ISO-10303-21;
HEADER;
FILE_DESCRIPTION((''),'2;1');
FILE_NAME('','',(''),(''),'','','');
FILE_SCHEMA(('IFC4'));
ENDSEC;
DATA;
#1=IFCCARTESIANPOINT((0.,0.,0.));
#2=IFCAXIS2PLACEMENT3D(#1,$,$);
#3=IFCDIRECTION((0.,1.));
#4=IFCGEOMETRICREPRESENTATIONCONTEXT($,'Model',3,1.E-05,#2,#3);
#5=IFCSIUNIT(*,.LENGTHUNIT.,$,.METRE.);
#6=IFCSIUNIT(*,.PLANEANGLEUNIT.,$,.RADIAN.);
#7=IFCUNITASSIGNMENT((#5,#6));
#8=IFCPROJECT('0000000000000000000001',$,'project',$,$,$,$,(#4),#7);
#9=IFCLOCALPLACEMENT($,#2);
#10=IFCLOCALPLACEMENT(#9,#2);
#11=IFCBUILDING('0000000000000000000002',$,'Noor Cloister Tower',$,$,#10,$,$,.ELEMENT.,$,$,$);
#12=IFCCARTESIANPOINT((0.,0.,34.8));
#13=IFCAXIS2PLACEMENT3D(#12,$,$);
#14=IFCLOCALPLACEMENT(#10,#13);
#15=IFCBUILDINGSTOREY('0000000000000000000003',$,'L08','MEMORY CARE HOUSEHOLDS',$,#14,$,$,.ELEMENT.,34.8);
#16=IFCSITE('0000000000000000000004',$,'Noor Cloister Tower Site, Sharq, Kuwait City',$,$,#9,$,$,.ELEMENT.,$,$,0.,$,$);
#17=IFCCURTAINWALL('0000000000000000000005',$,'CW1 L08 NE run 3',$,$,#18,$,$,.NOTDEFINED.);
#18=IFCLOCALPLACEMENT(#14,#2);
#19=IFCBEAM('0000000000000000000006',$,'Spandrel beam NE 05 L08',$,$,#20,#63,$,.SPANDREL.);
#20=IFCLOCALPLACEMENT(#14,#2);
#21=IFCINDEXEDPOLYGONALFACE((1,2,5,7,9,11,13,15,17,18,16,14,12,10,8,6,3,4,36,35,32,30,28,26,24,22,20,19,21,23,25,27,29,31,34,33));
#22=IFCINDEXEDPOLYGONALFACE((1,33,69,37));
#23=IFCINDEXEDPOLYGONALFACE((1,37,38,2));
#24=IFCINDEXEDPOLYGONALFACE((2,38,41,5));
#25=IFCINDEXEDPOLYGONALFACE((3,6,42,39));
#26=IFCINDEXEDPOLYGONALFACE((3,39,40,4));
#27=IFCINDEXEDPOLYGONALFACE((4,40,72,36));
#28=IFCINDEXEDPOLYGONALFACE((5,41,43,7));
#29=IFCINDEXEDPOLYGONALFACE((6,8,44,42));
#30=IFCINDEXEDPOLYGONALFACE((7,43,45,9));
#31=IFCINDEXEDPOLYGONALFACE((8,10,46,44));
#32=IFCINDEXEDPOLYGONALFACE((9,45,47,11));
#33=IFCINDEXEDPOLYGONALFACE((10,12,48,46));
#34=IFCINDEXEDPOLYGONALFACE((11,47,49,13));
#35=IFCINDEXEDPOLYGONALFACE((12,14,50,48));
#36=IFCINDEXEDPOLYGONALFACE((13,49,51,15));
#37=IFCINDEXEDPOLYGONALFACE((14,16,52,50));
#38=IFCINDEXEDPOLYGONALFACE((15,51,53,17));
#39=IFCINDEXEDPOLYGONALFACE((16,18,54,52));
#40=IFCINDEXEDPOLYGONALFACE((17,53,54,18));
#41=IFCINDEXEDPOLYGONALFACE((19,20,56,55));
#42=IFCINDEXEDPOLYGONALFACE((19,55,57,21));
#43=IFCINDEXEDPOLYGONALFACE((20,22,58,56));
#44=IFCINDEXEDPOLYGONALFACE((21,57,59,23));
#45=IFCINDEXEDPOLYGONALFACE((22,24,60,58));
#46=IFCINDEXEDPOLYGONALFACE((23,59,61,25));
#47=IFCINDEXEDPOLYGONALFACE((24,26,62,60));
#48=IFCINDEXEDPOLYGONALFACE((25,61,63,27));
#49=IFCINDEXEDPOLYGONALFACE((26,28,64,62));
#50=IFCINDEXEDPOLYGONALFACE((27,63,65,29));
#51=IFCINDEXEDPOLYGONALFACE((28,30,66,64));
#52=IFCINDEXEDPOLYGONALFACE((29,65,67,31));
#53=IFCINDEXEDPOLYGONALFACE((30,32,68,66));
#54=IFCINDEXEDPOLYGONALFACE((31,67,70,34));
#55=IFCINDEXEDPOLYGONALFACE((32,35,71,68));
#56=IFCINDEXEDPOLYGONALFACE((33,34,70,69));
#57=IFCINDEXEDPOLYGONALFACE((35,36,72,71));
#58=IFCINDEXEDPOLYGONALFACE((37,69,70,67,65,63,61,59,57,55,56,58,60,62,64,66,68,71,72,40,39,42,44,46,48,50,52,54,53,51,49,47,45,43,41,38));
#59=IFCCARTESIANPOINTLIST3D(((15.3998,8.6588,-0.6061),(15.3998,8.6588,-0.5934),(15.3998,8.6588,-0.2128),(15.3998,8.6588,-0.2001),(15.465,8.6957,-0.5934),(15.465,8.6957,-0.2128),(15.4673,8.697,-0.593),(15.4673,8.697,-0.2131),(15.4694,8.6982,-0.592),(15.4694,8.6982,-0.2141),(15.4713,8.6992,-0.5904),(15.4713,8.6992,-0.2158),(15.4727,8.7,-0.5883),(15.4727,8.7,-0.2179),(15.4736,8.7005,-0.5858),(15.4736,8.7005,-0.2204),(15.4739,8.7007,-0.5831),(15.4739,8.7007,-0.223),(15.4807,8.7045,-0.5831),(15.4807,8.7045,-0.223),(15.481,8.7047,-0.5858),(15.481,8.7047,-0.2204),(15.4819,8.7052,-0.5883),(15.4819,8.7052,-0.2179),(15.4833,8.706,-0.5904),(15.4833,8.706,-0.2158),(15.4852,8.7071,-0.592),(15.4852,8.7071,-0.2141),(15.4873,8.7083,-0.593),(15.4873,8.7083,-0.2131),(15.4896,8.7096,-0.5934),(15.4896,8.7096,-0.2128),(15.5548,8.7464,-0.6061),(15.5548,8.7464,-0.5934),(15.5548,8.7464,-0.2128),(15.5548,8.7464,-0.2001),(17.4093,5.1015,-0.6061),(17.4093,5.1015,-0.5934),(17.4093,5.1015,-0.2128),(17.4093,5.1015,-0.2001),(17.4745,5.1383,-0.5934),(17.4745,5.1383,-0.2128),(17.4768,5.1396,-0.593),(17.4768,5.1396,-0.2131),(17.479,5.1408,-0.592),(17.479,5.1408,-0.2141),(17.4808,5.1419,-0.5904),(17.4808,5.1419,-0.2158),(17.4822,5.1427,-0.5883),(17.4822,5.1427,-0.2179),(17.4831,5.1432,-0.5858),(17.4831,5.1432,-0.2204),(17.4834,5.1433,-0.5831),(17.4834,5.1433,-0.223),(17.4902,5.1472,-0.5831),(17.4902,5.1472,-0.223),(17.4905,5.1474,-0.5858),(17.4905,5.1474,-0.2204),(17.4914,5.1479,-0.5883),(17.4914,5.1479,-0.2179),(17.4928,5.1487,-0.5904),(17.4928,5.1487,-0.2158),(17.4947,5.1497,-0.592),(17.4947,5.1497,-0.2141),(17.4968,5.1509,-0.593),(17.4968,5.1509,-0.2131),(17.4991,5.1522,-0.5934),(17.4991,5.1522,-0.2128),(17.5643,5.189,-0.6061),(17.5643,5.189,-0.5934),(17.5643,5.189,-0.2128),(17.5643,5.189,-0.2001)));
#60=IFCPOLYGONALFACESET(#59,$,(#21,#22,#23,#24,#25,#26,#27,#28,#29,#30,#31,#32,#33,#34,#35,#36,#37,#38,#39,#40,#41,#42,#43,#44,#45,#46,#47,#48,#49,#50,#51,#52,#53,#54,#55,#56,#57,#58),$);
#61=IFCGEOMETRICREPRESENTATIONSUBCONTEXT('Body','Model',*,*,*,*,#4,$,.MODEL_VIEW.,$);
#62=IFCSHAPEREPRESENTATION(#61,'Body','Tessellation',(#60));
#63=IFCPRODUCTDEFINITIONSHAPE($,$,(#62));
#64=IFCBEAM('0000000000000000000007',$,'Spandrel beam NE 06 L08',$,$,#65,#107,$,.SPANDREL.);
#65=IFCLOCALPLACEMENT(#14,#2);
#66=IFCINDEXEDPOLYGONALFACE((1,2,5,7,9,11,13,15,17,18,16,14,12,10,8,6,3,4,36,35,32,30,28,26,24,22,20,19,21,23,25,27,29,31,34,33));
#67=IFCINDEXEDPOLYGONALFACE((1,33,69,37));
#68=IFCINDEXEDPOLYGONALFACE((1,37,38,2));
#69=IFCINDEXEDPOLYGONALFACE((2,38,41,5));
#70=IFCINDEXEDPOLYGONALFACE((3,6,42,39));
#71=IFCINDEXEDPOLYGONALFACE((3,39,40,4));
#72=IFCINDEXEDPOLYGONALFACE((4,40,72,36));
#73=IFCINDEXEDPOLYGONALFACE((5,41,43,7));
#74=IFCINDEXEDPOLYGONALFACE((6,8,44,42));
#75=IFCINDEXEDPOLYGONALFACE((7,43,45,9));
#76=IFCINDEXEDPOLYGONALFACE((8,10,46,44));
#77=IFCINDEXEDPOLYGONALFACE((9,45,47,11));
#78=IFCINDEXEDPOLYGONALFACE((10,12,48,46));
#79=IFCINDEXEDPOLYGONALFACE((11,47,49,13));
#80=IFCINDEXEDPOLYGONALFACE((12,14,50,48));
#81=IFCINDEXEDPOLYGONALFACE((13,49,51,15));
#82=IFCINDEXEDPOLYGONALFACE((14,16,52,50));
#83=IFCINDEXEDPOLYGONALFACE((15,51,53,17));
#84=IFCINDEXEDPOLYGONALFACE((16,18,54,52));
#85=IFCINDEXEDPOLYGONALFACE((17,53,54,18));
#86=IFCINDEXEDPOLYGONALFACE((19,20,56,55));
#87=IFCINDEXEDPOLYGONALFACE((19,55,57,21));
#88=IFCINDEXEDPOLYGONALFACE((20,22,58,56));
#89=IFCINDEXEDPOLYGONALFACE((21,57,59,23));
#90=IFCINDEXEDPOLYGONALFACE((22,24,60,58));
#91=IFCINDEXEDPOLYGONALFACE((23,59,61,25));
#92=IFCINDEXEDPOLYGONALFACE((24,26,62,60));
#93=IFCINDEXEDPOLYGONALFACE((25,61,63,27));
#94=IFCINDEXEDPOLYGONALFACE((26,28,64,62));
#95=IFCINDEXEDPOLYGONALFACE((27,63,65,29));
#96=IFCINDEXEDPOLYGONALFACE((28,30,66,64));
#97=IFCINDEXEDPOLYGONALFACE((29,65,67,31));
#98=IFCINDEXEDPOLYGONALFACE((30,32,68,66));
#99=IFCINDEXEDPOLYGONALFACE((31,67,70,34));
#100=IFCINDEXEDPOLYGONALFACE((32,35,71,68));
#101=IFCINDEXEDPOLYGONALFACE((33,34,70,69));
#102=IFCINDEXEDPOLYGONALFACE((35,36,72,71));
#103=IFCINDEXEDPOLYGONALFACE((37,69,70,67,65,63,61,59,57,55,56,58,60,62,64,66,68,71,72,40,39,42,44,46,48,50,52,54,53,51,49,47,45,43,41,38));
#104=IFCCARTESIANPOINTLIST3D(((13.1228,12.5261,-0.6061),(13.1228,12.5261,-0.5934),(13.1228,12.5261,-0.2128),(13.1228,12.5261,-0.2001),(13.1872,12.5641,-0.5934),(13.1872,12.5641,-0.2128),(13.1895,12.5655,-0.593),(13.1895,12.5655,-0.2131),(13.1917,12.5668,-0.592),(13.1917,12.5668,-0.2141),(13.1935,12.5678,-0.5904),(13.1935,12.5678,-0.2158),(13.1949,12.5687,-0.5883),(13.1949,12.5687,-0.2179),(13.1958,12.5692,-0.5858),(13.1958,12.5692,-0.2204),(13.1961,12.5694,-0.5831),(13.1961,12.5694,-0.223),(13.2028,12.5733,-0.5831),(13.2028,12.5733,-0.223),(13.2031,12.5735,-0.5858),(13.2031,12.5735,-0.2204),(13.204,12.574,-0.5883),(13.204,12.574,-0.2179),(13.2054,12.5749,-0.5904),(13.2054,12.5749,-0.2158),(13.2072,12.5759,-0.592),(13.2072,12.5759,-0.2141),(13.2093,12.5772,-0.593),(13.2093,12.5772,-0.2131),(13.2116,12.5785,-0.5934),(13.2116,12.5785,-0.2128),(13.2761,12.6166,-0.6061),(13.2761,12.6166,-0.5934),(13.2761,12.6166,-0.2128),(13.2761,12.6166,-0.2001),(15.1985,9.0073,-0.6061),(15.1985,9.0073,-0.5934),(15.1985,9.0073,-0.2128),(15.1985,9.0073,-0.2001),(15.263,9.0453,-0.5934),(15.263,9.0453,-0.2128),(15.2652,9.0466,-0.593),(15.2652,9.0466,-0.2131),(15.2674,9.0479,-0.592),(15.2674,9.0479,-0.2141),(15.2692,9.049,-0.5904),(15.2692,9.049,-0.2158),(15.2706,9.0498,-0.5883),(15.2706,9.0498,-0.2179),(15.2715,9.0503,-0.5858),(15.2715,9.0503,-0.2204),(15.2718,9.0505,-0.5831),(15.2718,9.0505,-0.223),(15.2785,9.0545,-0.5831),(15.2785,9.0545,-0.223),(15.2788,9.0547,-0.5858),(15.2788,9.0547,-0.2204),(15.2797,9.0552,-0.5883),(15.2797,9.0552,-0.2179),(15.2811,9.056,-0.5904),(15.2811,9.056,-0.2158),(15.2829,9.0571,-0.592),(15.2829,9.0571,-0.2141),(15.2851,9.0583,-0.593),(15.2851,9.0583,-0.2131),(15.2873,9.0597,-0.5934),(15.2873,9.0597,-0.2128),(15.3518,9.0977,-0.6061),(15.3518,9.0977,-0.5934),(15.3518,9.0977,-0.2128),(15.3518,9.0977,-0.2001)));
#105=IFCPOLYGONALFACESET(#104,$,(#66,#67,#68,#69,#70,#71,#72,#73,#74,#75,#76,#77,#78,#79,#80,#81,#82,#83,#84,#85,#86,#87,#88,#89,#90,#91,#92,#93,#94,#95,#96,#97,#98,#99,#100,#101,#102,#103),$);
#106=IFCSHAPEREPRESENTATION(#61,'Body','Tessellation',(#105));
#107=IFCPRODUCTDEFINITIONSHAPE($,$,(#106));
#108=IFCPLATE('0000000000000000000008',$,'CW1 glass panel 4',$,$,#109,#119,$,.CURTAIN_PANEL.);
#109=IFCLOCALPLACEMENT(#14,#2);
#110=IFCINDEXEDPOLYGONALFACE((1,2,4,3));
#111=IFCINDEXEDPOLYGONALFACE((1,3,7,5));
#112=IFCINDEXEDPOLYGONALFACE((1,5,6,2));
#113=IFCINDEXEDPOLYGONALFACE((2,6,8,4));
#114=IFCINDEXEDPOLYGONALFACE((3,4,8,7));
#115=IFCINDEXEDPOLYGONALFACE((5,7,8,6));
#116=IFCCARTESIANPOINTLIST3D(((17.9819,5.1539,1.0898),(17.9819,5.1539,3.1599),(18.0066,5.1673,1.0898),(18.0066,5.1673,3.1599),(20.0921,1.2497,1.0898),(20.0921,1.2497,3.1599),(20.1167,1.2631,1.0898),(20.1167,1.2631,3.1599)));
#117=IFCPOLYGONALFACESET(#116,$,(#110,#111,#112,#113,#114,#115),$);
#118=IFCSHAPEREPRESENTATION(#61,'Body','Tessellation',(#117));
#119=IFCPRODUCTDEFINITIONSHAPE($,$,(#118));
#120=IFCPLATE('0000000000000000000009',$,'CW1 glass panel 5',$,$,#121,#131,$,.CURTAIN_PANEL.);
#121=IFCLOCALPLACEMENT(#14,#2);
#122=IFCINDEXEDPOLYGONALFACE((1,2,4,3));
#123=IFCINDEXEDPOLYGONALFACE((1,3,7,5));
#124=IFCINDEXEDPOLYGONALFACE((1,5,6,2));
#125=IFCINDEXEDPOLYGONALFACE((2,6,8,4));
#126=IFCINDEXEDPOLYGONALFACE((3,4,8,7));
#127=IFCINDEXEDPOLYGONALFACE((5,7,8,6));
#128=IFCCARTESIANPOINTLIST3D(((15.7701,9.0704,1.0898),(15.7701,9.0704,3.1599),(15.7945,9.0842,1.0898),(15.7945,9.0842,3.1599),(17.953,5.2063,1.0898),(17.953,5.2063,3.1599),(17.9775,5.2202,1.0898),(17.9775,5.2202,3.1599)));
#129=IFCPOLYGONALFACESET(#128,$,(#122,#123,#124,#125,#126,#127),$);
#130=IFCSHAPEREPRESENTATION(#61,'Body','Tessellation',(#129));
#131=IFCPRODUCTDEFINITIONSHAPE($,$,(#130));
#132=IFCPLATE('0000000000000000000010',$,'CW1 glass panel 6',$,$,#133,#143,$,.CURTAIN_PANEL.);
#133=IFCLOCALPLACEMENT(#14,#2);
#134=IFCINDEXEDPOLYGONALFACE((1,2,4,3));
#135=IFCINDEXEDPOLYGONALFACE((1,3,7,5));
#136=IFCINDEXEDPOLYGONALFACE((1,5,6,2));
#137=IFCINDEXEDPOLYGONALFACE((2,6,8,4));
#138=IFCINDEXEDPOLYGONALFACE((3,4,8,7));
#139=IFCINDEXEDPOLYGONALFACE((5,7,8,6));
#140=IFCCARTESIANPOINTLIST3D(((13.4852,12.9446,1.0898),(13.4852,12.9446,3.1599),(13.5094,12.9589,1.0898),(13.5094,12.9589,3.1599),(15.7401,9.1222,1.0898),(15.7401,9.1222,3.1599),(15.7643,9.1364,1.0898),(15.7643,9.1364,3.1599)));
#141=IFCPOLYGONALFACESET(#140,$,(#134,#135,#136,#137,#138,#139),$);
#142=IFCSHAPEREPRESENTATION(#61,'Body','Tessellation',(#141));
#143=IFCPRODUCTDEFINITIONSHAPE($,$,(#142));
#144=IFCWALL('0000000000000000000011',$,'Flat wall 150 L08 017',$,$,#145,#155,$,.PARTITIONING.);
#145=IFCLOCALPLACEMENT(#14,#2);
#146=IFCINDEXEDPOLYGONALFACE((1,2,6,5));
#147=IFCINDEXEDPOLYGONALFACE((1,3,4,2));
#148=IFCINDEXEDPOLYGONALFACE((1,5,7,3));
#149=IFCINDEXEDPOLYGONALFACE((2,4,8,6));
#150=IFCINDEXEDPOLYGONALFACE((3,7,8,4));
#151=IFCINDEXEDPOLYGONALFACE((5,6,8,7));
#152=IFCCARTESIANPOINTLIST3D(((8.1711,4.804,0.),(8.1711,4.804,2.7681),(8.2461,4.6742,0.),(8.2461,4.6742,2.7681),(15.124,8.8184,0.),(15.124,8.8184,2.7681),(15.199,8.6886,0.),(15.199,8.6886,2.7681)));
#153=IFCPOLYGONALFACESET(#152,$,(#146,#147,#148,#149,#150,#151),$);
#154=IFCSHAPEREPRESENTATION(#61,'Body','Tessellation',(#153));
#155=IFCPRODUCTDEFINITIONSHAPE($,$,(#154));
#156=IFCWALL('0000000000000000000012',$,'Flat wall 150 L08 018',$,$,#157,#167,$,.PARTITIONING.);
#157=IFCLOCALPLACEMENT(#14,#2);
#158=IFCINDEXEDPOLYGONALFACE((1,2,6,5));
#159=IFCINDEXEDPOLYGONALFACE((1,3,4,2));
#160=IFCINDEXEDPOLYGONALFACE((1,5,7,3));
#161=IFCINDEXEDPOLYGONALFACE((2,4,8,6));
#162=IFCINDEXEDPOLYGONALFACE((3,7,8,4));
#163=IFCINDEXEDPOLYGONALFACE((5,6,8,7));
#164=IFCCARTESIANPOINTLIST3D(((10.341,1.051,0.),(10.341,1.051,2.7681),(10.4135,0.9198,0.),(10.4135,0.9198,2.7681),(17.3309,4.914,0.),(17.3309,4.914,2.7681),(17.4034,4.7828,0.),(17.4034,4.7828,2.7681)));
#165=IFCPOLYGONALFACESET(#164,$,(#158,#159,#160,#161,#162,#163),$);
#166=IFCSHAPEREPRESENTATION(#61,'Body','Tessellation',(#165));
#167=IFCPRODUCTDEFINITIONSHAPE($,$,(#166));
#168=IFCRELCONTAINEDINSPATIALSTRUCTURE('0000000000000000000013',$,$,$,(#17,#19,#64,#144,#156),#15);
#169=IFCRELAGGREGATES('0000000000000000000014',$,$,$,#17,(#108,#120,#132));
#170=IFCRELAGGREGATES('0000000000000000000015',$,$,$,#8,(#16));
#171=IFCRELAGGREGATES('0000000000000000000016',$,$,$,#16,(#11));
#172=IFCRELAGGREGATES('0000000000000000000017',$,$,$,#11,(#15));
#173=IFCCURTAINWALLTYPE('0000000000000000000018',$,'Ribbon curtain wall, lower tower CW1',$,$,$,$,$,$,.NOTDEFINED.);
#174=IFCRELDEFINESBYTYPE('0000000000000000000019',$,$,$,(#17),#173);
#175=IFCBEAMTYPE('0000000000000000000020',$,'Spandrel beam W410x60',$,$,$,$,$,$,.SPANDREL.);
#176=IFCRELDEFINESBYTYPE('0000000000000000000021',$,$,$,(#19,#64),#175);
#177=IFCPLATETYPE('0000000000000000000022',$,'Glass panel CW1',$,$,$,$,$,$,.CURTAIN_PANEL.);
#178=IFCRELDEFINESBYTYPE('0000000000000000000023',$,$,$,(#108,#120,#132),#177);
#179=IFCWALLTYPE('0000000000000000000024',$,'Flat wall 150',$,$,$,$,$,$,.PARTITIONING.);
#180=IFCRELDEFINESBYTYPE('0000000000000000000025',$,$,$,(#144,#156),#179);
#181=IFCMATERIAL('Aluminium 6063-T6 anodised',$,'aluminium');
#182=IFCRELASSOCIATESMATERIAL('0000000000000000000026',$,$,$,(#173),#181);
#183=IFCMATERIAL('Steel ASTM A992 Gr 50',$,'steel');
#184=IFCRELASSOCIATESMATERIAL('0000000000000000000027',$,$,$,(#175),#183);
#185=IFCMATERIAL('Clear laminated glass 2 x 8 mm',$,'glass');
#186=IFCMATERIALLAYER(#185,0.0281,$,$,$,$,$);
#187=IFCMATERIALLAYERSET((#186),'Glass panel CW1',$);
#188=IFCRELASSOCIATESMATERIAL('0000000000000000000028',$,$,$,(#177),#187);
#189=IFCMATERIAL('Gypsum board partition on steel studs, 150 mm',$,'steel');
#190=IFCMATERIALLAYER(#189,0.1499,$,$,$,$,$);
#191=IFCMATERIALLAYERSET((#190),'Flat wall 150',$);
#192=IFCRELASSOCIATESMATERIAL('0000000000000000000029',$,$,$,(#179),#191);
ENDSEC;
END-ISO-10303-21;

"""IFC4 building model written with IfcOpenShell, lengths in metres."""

from ifc_helpers import new_model, si_unit, direction, frame, frame_2d, origin, origin_2d, place, context, subcontext, project, spatial, rectangle, i_section, extrude, material, layer, layer_set, material_profile, profile_set, type_object, element, aggregate, save


model = new_model("IFC4")

# Units and contexts
model_context = context("Model", 3, precision=1e-05, world=origin(), true_north=direction((0.0, 1.0)))
body_context = subcontext(model_context, "Body", "Model", "MODEL_VIEW")
ifc_project = project(units=[si_unit("LENGTHUNIT", "METRE"), si_unit("PLANEANGLEUNIT", "RADIAN")], contexts=[model_context])

# Site, building, storey
site_placement = place(None, origin())
site = spatial("IfcSite", under=ifc_project, at=site_placement, Name="Noor Cloister Tower Site, Sharq, Kuwait City", CompositionType="ELEMENT", RefElevation=0.0)
building_placement = place(site_placement, origin())
building = spatial("IfcBuilding", under=site, at=building_placement, Name="Noor Cloister Tower", CompositionType="ELEMENT")
storey_placement = place(building_placement, frame((0.0, 0.0, 34.8)))
storey = spatial("IfcBuildingStorey", under=building, at=storey_placement, Name="L08", Description="MEMORY CARE HOUSEHOLDS", CompositionType="ELEMENT", Elevation=34.8)

# Curtain wall
ifc_material_1 = material(Name="Aluminium 6063-T6 anodised", Category="aluminium")
curtain_wall_type = type_object("IfcCurtainWallType", Name="Ribbon curtain wall, lower tower CW1", PredefinedType="NOTDEFINED", material=ifc_material_1)
curtain_wall_placement = place(storey_placement, origin())
curtain_wall = element("IfcCurtainWall", 1, at=curtain_wall_placement, inside=storey, type_object=curtain_wall_type, Name="CW1 L08 NE run 3", PredefinedType="NOTDEFINED")

# Beams
ifc_material_2 = material(Name="Steel ASTM A992 Gr 50", Category="steel")
ifc_material_profile_1 = material_profile(ifc_material_2, i_section(OverallWidth=0.178, OverallDepth=0.406, WebThickness=0.0078, FlangeThickness=0.0127, FilletRadius=0.0103, at=origin_2d()), Name="W410x60")
ifc_profile_set_1 = profile_set([ifc_material_profile_1], Name="Steel ASTM A992 Gr 50")
beam_type_1 = type_object("IfcBeamType", Name="Spandrel beam W410x60", PredefinedType="SPANDREL", material=ifc_profile_set_1)
for number, where, z_axis, x_axis, name in (
    (2, (17.4868, 5.1453, -0.4031), (-0.491841, 0.870685, 0.0), (-0.870685, -0.491841, 0.0), "Spandrel beam NE 05 L08"),
):
    element("IfcBeam", number, at=place(storey_placement, frame(where, z_axis=z_axis, x_axis=x_axis)), inside=storey, type_object=beam_type_1, Name=name, PredefinedType="SPANDREL", context=body_context, shape_type="SweptSolid", body=[
        extrude(i_section(OverallWidth=0.178, OverallDepth=0.406, WebThickness=0.0078, FlangeThickness=0.0127, FilletRadius=0.0103, at=origin_2d()), origin(), (0.0, 0.0, 1.0), 4.0857),
    ])
beam_1_placement = place(storey_placement, frame((15.2751, 9.0525, -0.4031), z_axis=(-0.508075, 0.861313, 0.0), x_axis=(-0.861313, -0.508075, 0.0)))
element("IfcBeam", 3, at=beam_1_placement, inside=storey, type_object=beam_type_1, Name="Spandrel beam NE 06 L08", PredefinedType="SPANDREL", context=body_context, shape_type="SweptSolid", body=[
    extrude(i_section(OverallWidth=0.178, OverallDepth=0.406, WebThickness=0.0078, FlangeThickness=0.0127, FilletRadius=0.0103, at=origin_2d()), origin(), (0.0, 0.0, 1.0), 4.0854),
])

# Plates
ifc_material_3 = material(Name="Clear laminated glass 2 x 8 mm", Category="glass")
ifc_layer_1 = layer(ifc_material_3, 0.0281)
ifc_layer_set_1 = layer_set([ifc_layer_1], Name="Glass panel CW1")
plate_type = type_object("IfcPlateType", Name="Glass panel CW1", PredefinedType="CURTAIN_PANEL", material=ifc_layer_set_1)
plate_1_placement = place(storey_placement, frame((19.0493, 3.2085, 1.0898), z_axis=(0.0, 0.0, 1.0), x_axis=(-0.475478, 0.879727, 0.0)))
plate_1 = element("IfcPlate", 4, at=plate_1_placement, type_object=plate_type, Name="CW1 glass panel 4", PredefinedType="CURTAIN_PANEL", context=body_context, shape_type="SweptSolid", body=[
    extrude(rectangle(XDim=4.438, YDim=0.0281, at=origin_2d()), origin(), (0.0, 0.0, 1.0), 2.0701),
])
plate_2_placement = place(storey_placement, frame((16.8738, 7.1453, 1.0898), z_axis=(0.0, 0.0, 1.0), x_axis=(-0.491869, 0.870669, 0.0)))
plate_2 = element("IfcPlate", 5, at=plate_2_placement, type_object=plate_type, Name="CW1 glass panel 5", PredefinedType="CURTAIN_PANEL", context=body_context, shape_type="SweptSolid", body=[
    extrude(rectangle(XDim=4.438, YDim=0.0281, at=origin_2d()), origin(), (0.0, 0.0, 1.0), 2.0701),
])
plate_3_placement = place(storey_placement, frame((14.6248, 11.0405, 1.0898), z_axis=(0.0, 0.0, 1.0), x_axis=(-0.508087, 0.861306, 0.0)))
plate_3 = element("IfcPlate", 6, at=plate_3_placement, type_object=plate_type, Name="CW1 glass panel 6", PredefinedType="CURTAIN_PANEL", context=body_context, shape_type="SweptSolid", body=[
    extrude(rectangle(XDim=4.438, YDim=0.0281, at=origin_2d()), origin(), (0.0, 0.0, 1.0), 2.0701),
])
aggregate(curtain_wall, [plate_1, plate_2, plate_3])

# Walls
ifc_material_4 = material(Name="Gypsum board partition on steel studs, 150 mm", Category="steel")
ifc_layer_2 = layer(ifc_material_4, 0.1499)
ifc_layer_set_2 = layer_set([ifc_layer_2], Name="Flat wall 150")
wall_type = type_object("IfcWallType", Name="Flat wall 150", PredefinedType="PARTITIONING", material=ifc_layer_set_2)
wall_1_placement = place(storey_placement, frame((15.1614, 8.7534, 0.0), z_axis=(0.0, 0.0, 1.0), x_axis=(-0.866017, -0.500015, 0.0)))
element("IfcWall", 7, at=wall_1_placement, inside=storey, type_object=wall_type, Name="Flat wall 150 L08 017", PredefinedType="PARTITIONING", context=body_context, shape_type="SweptSolid", body=[
    extrude(rectangle(XDim=8.0286, YDim=0.1499, at=frame_2d((4.0142, 0.0))), origin(), (0.0, 0.0, 1.0), 2.7681),
])
wall_2_placement = place(storey_placement, frame((17.3672, 4.8484, 0.0), z_axis=(0.0, 0.0, 1.0), x_axis=(-0.875234, -0.4837, 0.0)))
element("IfcWall", 8, at=wall_2_placement, inside=storey, type_object=wall_type, Name="Flat wall 150 L08 018", PredefinedType="PARTITIONING", context=body_context, shape_type="SweptSolid", body=[
    extrude(rectangle(XDim=7.9863, YDim=0.1499, at=frame_2d((3.9932, 0.0))), origin(), (0.0, 0.0, 1.0), 2.7681),
])

save(model, "model.ifc")
